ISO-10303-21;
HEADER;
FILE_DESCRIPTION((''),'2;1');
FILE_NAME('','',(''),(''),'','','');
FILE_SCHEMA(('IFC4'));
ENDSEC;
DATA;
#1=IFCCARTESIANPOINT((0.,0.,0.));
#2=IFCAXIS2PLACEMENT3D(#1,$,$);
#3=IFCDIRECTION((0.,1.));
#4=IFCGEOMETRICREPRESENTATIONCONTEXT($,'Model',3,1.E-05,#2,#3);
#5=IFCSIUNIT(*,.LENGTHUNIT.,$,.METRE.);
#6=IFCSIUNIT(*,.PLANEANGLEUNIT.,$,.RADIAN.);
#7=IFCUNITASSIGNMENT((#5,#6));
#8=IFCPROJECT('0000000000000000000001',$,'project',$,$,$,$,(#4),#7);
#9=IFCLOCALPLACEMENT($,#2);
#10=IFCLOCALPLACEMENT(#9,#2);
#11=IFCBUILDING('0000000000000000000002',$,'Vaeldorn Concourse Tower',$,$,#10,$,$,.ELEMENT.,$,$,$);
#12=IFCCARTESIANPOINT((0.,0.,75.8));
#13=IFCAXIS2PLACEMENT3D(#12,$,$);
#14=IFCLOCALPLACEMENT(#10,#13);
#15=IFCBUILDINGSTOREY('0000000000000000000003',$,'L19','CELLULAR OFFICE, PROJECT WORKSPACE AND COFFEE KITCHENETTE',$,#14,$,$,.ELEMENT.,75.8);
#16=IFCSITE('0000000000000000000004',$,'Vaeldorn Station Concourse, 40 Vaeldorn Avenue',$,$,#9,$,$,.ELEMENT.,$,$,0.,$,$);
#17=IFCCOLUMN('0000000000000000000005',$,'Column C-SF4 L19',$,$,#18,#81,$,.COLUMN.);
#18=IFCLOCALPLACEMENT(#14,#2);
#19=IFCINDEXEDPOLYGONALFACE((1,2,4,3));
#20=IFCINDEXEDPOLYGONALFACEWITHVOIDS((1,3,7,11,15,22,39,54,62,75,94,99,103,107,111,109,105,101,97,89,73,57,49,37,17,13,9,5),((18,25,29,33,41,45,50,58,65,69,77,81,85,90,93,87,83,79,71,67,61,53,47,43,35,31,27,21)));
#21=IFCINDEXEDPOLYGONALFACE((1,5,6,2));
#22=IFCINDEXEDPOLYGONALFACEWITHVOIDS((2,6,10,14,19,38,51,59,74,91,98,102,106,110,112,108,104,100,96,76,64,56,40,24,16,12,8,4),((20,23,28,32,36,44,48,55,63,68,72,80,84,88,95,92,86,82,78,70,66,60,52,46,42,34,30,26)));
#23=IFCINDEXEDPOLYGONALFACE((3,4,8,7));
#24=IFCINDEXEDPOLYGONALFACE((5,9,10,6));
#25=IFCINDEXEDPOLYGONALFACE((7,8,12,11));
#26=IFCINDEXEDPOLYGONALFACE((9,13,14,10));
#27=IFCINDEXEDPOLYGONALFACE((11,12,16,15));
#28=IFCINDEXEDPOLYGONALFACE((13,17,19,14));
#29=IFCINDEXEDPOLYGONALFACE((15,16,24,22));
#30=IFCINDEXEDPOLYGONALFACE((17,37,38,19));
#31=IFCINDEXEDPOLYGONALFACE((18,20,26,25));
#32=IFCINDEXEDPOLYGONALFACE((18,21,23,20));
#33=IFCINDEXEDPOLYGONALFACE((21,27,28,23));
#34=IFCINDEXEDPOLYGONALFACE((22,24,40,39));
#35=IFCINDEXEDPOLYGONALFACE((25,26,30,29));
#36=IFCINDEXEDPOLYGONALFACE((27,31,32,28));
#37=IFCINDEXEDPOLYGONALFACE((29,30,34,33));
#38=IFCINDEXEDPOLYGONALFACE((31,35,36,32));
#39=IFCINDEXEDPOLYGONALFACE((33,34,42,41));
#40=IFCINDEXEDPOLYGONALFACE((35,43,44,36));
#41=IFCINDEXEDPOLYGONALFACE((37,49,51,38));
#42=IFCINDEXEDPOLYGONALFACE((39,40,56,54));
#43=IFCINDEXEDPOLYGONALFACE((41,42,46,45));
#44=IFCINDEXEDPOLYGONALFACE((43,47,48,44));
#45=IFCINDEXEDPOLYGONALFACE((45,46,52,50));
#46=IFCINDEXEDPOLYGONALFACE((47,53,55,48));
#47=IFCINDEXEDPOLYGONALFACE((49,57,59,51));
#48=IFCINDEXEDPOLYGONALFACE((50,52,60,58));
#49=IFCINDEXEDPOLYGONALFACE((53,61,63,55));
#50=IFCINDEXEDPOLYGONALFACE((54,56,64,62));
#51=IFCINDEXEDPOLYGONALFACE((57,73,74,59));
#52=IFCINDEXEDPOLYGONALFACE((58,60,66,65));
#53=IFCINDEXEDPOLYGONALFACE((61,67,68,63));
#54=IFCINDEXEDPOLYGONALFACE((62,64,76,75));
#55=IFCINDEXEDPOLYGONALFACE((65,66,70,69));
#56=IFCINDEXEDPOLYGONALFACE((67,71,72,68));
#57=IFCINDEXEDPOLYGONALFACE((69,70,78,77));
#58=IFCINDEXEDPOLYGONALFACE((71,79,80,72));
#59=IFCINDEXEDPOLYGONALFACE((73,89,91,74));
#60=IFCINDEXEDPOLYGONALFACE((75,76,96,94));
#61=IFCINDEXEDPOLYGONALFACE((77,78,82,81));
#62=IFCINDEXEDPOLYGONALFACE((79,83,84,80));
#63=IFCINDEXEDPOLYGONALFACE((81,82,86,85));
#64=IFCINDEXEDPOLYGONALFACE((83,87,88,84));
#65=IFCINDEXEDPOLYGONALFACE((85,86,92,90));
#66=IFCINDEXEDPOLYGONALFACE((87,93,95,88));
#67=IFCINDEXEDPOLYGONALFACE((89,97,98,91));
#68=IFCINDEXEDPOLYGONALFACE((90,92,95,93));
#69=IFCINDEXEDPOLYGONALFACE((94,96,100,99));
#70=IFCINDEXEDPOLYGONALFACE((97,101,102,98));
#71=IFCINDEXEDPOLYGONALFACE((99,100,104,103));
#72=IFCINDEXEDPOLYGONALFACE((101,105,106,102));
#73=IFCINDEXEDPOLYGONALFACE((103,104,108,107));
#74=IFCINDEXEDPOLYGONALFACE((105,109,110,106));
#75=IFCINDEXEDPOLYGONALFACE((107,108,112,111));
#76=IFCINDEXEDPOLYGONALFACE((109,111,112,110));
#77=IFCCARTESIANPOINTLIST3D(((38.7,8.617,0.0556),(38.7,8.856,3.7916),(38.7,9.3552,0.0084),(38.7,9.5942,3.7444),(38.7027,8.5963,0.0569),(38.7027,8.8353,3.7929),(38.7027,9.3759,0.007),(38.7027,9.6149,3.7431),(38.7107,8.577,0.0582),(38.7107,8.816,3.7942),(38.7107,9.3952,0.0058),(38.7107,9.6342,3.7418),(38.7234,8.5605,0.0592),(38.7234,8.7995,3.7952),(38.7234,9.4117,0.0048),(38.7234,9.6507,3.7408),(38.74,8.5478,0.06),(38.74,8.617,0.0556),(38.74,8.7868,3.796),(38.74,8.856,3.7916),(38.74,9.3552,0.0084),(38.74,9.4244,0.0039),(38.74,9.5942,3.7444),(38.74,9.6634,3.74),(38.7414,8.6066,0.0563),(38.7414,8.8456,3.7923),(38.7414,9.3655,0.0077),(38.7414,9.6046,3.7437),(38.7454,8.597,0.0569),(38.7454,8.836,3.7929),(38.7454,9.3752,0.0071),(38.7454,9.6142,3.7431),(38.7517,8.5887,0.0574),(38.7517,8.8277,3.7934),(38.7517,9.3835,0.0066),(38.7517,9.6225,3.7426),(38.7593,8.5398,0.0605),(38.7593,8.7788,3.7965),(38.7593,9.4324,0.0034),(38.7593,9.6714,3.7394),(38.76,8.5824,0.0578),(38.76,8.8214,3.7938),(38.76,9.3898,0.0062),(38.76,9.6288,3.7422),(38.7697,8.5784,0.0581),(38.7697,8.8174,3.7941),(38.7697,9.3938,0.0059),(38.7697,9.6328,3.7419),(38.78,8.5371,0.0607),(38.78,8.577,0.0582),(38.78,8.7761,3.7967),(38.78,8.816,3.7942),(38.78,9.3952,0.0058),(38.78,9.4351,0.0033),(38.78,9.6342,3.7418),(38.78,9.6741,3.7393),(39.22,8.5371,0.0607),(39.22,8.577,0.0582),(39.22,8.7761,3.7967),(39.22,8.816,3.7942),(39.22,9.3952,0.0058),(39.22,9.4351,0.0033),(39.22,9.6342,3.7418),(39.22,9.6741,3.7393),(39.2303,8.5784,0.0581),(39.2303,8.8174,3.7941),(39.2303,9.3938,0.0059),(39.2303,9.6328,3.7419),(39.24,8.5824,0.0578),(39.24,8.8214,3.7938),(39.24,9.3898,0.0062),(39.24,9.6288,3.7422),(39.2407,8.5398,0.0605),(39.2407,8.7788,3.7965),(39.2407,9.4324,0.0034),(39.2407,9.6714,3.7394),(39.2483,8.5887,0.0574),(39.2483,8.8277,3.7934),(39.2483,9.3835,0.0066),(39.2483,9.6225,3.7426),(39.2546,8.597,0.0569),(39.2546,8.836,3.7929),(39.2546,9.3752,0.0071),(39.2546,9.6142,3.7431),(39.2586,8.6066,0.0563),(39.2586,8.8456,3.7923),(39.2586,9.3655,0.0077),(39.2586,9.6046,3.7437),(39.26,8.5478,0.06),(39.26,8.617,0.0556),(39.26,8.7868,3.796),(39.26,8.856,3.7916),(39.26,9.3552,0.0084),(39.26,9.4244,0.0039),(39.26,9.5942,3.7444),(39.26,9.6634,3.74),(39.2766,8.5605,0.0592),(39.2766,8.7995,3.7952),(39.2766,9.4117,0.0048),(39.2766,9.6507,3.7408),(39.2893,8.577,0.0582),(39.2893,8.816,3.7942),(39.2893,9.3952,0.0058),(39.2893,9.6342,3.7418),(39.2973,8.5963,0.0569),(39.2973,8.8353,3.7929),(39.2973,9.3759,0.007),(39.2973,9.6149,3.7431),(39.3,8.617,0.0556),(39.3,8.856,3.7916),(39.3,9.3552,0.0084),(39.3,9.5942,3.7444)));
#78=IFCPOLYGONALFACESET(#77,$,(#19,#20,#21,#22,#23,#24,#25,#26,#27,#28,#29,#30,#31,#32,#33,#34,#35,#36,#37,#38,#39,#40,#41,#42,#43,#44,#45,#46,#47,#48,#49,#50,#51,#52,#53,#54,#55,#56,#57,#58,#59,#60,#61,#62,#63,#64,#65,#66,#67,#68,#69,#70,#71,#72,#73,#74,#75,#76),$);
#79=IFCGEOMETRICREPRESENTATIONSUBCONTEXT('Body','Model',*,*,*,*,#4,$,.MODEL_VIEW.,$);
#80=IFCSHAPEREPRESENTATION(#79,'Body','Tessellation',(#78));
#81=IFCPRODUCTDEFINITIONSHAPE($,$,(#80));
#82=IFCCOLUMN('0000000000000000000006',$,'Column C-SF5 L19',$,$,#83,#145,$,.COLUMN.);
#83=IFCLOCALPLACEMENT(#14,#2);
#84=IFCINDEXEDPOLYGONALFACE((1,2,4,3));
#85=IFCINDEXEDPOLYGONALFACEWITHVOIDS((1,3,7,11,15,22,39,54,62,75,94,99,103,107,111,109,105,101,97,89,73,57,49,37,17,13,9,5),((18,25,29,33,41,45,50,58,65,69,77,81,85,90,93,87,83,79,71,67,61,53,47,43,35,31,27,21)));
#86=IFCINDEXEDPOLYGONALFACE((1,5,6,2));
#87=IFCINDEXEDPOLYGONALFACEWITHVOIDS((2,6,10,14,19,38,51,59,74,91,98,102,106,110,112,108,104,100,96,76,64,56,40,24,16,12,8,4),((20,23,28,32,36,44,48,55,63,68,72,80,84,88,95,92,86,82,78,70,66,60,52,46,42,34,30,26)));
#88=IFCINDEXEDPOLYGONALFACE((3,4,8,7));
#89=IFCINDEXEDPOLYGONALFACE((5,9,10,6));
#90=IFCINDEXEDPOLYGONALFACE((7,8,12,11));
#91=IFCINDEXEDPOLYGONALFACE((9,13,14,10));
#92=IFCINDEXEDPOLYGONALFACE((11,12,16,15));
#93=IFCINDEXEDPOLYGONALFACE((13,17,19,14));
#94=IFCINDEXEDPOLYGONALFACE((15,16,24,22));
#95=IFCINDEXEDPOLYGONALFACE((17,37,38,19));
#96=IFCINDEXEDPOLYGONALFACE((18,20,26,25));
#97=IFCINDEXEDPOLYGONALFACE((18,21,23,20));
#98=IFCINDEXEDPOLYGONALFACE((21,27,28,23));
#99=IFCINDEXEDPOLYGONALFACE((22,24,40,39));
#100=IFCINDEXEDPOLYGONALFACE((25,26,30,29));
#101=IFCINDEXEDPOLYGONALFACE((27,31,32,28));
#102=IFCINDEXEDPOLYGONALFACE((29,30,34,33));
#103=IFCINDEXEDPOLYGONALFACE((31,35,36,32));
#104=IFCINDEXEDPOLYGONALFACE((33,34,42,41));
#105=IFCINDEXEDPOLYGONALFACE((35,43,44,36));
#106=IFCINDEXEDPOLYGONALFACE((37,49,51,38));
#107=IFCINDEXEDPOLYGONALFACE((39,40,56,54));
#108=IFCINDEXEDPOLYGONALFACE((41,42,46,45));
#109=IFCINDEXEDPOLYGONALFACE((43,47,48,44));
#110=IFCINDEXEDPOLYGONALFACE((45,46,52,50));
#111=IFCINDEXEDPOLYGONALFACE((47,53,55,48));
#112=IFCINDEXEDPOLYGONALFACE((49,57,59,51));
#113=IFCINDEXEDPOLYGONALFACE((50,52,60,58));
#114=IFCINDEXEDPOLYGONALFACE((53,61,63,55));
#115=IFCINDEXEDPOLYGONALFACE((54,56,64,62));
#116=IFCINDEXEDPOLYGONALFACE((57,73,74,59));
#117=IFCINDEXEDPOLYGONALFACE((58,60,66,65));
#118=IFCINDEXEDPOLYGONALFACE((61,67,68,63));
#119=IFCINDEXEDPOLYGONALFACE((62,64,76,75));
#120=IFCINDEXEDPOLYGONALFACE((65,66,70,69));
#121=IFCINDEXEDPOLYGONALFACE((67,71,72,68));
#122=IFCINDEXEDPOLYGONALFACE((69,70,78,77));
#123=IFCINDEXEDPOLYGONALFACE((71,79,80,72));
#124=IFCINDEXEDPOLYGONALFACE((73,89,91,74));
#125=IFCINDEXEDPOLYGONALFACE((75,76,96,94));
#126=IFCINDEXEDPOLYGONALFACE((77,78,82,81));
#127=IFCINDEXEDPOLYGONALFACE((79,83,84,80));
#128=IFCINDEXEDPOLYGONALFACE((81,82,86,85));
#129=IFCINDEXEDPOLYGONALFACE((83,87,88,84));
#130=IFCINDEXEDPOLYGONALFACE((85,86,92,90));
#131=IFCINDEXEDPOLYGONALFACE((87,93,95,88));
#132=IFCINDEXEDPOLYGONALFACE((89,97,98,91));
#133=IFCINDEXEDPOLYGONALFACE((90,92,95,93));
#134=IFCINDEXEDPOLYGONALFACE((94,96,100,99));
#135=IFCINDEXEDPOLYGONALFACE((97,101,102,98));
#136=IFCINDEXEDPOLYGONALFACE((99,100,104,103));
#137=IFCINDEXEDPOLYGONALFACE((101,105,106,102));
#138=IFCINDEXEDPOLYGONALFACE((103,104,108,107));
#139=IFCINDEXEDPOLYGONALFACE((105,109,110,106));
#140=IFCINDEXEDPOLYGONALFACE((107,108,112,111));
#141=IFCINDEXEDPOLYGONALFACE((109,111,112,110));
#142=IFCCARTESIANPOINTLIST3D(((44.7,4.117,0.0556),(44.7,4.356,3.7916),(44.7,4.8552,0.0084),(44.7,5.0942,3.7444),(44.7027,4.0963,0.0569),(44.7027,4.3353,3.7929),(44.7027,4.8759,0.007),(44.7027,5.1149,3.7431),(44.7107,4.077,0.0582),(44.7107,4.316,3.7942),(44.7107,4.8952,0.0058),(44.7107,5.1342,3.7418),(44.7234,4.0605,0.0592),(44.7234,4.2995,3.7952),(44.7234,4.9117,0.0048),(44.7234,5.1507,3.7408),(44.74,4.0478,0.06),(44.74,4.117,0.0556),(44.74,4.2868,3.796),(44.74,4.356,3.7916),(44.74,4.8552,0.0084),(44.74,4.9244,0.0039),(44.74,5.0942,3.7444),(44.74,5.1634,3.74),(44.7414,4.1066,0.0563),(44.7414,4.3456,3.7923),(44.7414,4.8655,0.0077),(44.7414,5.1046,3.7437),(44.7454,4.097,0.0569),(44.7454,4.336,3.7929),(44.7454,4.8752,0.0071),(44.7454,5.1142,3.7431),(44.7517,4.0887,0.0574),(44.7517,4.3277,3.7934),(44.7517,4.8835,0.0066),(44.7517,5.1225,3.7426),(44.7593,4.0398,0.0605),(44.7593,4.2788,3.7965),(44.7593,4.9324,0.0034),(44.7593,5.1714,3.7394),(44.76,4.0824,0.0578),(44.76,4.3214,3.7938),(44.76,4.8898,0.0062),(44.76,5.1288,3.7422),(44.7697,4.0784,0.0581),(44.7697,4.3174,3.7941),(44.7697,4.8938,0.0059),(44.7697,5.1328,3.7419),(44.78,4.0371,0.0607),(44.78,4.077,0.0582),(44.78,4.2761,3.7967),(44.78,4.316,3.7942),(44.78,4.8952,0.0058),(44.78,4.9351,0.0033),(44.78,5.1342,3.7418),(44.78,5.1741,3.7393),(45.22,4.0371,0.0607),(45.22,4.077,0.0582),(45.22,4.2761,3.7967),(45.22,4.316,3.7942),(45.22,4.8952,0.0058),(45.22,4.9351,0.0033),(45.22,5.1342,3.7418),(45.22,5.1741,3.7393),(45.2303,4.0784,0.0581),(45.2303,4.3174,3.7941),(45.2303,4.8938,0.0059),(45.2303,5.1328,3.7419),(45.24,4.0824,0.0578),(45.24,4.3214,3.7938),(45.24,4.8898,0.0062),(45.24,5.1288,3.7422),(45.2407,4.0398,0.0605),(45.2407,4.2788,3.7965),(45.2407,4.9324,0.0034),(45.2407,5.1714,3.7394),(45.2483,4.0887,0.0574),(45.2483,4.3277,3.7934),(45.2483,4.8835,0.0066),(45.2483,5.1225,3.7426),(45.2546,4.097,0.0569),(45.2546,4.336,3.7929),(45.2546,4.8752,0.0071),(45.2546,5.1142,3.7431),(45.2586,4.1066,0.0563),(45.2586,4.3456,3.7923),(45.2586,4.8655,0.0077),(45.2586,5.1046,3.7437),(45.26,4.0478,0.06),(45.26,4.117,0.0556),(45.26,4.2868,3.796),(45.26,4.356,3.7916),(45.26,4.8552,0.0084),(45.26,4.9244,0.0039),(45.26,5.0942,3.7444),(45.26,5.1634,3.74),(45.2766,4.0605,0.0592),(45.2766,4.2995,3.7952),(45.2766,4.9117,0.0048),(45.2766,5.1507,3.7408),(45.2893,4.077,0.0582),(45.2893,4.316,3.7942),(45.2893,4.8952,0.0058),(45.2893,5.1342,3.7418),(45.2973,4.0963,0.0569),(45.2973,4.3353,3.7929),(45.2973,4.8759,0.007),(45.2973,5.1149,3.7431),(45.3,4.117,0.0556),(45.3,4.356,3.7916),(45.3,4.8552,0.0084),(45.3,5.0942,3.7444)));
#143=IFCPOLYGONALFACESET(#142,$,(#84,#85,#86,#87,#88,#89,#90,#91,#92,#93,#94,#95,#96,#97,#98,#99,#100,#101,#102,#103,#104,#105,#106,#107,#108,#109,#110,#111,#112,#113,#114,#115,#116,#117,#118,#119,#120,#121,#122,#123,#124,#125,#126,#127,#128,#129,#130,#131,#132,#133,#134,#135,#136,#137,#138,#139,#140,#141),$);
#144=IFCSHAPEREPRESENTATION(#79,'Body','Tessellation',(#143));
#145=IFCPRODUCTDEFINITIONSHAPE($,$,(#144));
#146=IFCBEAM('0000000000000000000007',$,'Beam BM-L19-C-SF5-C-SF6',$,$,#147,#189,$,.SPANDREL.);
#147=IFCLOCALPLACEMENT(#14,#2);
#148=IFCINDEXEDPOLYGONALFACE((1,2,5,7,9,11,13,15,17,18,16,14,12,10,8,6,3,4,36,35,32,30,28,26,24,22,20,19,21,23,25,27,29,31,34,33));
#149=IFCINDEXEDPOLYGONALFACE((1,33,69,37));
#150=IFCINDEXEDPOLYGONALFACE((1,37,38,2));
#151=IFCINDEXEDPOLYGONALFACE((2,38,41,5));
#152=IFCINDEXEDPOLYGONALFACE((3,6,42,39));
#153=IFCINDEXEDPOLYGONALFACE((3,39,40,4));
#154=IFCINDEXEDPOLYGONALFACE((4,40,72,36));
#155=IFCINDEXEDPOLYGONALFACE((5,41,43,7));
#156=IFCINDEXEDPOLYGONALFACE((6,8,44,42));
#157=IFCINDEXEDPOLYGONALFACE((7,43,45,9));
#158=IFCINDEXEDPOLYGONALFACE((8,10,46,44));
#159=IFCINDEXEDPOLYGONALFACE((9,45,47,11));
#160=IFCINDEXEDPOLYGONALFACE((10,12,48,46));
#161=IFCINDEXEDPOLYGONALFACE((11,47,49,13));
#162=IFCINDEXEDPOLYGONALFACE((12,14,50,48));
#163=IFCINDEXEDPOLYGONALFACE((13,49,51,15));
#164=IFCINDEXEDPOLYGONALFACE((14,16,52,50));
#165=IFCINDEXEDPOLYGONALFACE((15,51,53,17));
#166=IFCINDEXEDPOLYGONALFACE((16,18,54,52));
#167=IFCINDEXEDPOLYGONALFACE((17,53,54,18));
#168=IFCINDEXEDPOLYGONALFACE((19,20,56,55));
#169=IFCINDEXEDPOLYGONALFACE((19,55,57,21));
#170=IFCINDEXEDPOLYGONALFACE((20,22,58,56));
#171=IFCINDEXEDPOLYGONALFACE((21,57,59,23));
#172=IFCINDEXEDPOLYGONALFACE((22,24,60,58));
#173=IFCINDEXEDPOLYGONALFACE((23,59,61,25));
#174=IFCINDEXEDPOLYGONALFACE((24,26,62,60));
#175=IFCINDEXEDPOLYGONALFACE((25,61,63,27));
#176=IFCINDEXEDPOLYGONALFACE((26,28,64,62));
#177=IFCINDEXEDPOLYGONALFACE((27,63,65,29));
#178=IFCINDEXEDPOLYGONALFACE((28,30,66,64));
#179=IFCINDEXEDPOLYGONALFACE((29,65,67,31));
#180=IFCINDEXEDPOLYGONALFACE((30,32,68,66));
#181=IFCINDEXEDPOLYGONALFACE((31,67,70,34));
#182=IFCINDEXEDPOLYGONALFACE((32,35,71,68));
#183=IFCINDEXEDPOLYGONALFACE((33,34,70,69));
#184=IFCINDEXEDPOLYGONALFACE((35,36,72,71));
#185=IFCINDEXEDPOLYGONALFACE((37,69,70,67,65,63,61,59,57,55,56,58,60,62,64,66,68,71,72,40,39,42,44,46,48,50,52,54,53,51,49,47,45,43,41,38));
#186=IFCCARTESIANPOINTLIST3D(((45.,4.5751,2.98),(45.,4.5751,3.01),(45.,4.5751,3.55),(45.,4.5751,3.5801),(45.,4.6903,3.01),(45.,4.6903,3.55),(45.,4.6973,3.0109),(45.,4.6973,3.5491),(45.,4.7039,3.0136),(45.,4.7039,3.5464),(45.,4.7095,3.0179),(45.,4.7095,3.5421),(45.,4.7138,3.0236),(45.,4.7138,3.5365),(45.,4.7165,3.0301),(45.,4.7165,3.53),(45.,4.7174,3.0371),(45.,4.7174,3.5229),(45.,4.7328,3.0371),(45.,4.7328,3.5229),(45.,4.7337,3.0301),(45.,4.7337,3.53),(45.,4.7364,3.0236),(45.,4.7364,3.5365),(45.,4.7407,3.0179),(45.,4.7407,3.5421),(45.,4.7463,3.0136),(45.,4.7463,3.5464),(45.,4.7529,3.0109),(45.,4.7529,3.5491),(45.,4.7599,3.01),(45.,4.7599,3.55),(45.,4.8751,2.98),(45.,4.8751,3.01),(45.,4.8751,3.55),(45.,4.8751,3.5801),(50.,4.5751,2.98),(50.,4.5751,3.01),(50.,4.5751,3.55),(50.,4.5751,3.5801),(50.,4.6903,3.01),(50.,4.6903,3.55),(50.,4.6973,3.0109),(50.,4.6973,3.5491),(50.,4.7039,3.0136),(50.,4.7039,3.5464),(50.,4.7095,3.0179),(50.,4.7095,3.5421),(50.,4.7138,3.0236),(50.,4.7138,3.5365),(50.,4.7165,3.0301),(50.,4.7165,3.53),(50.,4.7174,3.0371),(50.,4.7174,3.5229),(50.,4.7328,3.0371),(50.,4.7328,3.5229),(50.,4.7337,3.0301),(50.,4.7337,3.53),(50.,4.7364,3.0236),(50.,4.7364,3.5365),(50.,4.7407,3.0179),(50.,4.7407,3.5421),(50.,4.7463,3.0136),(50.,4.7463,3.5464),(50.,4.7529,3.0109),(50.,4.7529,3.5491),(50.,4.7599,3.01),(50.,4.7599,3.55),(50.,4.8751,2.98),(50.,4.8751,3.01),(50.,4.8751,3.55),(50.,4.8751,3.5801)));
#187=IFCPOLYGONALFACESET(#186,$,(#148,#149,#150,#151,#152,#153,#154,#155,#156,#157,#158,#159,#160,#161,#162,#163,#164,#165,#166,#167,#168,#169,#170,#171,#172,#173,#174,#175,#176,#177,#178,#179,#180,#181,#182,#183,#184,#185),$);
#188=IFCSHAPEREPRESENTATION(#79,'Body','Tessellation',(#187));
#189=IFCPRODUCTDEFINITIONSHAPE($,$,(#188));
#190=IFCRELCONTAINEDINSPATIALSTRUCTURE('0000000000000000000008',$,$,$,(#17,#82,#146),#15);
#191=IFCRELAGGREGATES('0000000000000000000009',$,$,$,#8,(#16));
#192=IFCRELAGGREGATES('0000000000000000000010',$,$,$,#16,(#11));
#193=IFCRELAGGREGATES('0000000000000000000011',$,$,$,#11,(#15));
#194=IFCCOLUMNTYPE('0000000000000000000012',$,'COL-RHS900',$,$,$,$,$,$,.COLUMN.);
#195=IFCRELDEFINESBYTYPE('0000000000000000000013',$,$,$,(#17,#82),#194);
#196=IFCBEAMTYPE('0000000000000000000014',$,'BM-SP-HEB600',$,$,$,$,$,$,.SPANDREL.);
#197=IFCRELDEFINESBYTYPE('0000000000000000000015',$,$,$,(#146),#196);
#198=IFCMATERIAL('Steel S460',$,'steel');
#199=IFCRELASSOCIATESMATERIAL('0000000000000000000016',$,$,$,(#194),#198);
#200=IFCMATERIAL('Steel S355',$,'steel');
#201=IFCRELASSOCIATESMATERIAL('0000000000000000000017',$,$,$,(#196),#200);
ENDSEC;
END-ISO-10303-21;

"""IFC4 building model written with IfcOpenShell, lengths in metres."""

from ifc_helpers import new_model, si_unit, direction, frame, origin, origin_2d, place, context, subcontext, project, spatial, hollow_rectangle, i_section, extrude, source, transform, mapped, material, material_profile, profile_set, type_object, element, save


model = new_model("IFC4")

# Units and contexts
model_context = context("Model", 3, precision=1e-05, world=origin(), true_north=direction((0.0, 1.0)))
body_context = subcontext(model_context, "Body", "Model", "MODEL_VIEW")
ifc_project = project(units=[si_unit("LENGTHUNIT", "METRE"), si_unit("PLANEANGLEUNIT", "RADIAN")], contexts=[model_context])

# Site, building, storey
site_placement = place(None, origin())
site = spatial("IfcSite", under=ifc_project, at=site_placement, Name="Vaeldorn Station Concourse, 40 Vaeldorn Avenue", CompositionType="ELEMENT", RefElevation=0.0)
building_placement = place(site_placement, origin())
building = spatial("IfcBuilding", under=site, at=building_placement, Name="Vaeldorn Concourse Tower", CompositionType="ELEMENT")
storey_placement = place(building_placement, frame((0.0, 0.0, 75.8)))
storey = spatial("IfcBuildingStorey", under=building, at=storey_placement, Name="L19", Description="CELLULAR OFFICE, PROJECT WORKSPACE AND COFFEE KITCHENETTE", CompositionType="ELEMENT", Elevation=75.8)

# Columns
ifc_material_1 = material(Name="Steel S460", Category="steel")
ifc_material_profile_1 = material_profile(ifc_material_1, hollow_rectangle(XDim=0.6001, YDim=0.8999, WallThickness=0.04, InnerFilletRadius=0.04, OuterFilletRadius=0.0801, at=origin_2d()), Name="RHS 900x600x40")
ifc_profile_set_1 = profile_set([ifc_material_profile_1], Name="Steel S460")
column_type = type_object("IfcColumnType", Name="COL-RHS900", PredefinedType="COLUMN", material=ifc_profile_set_1)
shared_shape_1 = source(origin(), body_context, "Body", "SweptSolid", [
    extrude(hollow_rectangle(XDim=0.6001, YDim=0.8999, WallThickness=0.04, InnerFilletRadius=0.04, OuterFilletRadius=0.0801, at=origin_2d()), origin(), (0.0, 0.0, 1.0), 3.7437),
])
for number, where, z_axis, x_axis, name in (
    (1, (39.0, 8.9861, 0.032), (0.0, 0.063844, 0.99796), (-1.0, 0.0, 0.0), "Column C-SF4 L19"),
    (2, (45.0, 4.4861, 0.032), (0.0, 0.063844, 0.99796), (-1.0, 0.0, 0.0), "Column C-SF5 L19"),
):
    element("IfcColumn", number, at=place(storey_placement, frame(where, z_axis=z_axis, x_axis=x_axis)), inside=storey, type_object=column_type, Name=name, PredefinedType="COLUMN", context=body_context, shape_type="MappedRepresentation", body=[
        mapped(shared_shape_1, transform((0.0, 0.0, 0.0), scale=1.0)),
    ])

# Beam
ifc_material_2 = material(Name="Steel S355", Category="steel")
ifc_material_profile_2 = material_profile(ifc_material_2, i_section(OverallWidth=0.3, OverallDepth=0.6001, WebThickness=0.0154, FlangeThickness=0.03, FilletRadius=0.0271, at=origin_2d()), Name="HEB 600")
ifc_profile_set_2 = profile_set([ifc_material_profile_2], Name="Steel S355")
beam_type_1 = type_object("IfcBeamType", Name="BM-SP-HEB600", PredefinedType="SPANDREL", material=ifc_profile_set_2)
shared_shape_2 = source(origin(), body_context, "Body", "SweptSolid", [
    extrude(i_section(OverallWidth=0.3, OverallDepth=0.6001, WebThickness=0.0154, FlangeThickness=0.03, FilletRadius=0.0271, at=origin_2d()), origin(), (0.0, 0.0, 1.0), 5.0),
])
beam_1_placement = place(storey_placement, frame((45.0, 4.7251, 3.28), z_axis=(1.0, 0.0, 0.0), x_axis=(0.0, 1.0, 0.0)))
element("IfcBeam", 3, at=beam_1_placement, inside=storey, type_object=beam_type_1, Name="Beam BM-L19-C-SF5-C-SF6", PredefinedType="SPANDREL", context=body_context, shape_type="MappedRepresentation", body=[
    mapped(shared_shape_2, transform((0.0, 0.0, 0.0), scale=1.0)),
])

save(model, "model.ifc")
